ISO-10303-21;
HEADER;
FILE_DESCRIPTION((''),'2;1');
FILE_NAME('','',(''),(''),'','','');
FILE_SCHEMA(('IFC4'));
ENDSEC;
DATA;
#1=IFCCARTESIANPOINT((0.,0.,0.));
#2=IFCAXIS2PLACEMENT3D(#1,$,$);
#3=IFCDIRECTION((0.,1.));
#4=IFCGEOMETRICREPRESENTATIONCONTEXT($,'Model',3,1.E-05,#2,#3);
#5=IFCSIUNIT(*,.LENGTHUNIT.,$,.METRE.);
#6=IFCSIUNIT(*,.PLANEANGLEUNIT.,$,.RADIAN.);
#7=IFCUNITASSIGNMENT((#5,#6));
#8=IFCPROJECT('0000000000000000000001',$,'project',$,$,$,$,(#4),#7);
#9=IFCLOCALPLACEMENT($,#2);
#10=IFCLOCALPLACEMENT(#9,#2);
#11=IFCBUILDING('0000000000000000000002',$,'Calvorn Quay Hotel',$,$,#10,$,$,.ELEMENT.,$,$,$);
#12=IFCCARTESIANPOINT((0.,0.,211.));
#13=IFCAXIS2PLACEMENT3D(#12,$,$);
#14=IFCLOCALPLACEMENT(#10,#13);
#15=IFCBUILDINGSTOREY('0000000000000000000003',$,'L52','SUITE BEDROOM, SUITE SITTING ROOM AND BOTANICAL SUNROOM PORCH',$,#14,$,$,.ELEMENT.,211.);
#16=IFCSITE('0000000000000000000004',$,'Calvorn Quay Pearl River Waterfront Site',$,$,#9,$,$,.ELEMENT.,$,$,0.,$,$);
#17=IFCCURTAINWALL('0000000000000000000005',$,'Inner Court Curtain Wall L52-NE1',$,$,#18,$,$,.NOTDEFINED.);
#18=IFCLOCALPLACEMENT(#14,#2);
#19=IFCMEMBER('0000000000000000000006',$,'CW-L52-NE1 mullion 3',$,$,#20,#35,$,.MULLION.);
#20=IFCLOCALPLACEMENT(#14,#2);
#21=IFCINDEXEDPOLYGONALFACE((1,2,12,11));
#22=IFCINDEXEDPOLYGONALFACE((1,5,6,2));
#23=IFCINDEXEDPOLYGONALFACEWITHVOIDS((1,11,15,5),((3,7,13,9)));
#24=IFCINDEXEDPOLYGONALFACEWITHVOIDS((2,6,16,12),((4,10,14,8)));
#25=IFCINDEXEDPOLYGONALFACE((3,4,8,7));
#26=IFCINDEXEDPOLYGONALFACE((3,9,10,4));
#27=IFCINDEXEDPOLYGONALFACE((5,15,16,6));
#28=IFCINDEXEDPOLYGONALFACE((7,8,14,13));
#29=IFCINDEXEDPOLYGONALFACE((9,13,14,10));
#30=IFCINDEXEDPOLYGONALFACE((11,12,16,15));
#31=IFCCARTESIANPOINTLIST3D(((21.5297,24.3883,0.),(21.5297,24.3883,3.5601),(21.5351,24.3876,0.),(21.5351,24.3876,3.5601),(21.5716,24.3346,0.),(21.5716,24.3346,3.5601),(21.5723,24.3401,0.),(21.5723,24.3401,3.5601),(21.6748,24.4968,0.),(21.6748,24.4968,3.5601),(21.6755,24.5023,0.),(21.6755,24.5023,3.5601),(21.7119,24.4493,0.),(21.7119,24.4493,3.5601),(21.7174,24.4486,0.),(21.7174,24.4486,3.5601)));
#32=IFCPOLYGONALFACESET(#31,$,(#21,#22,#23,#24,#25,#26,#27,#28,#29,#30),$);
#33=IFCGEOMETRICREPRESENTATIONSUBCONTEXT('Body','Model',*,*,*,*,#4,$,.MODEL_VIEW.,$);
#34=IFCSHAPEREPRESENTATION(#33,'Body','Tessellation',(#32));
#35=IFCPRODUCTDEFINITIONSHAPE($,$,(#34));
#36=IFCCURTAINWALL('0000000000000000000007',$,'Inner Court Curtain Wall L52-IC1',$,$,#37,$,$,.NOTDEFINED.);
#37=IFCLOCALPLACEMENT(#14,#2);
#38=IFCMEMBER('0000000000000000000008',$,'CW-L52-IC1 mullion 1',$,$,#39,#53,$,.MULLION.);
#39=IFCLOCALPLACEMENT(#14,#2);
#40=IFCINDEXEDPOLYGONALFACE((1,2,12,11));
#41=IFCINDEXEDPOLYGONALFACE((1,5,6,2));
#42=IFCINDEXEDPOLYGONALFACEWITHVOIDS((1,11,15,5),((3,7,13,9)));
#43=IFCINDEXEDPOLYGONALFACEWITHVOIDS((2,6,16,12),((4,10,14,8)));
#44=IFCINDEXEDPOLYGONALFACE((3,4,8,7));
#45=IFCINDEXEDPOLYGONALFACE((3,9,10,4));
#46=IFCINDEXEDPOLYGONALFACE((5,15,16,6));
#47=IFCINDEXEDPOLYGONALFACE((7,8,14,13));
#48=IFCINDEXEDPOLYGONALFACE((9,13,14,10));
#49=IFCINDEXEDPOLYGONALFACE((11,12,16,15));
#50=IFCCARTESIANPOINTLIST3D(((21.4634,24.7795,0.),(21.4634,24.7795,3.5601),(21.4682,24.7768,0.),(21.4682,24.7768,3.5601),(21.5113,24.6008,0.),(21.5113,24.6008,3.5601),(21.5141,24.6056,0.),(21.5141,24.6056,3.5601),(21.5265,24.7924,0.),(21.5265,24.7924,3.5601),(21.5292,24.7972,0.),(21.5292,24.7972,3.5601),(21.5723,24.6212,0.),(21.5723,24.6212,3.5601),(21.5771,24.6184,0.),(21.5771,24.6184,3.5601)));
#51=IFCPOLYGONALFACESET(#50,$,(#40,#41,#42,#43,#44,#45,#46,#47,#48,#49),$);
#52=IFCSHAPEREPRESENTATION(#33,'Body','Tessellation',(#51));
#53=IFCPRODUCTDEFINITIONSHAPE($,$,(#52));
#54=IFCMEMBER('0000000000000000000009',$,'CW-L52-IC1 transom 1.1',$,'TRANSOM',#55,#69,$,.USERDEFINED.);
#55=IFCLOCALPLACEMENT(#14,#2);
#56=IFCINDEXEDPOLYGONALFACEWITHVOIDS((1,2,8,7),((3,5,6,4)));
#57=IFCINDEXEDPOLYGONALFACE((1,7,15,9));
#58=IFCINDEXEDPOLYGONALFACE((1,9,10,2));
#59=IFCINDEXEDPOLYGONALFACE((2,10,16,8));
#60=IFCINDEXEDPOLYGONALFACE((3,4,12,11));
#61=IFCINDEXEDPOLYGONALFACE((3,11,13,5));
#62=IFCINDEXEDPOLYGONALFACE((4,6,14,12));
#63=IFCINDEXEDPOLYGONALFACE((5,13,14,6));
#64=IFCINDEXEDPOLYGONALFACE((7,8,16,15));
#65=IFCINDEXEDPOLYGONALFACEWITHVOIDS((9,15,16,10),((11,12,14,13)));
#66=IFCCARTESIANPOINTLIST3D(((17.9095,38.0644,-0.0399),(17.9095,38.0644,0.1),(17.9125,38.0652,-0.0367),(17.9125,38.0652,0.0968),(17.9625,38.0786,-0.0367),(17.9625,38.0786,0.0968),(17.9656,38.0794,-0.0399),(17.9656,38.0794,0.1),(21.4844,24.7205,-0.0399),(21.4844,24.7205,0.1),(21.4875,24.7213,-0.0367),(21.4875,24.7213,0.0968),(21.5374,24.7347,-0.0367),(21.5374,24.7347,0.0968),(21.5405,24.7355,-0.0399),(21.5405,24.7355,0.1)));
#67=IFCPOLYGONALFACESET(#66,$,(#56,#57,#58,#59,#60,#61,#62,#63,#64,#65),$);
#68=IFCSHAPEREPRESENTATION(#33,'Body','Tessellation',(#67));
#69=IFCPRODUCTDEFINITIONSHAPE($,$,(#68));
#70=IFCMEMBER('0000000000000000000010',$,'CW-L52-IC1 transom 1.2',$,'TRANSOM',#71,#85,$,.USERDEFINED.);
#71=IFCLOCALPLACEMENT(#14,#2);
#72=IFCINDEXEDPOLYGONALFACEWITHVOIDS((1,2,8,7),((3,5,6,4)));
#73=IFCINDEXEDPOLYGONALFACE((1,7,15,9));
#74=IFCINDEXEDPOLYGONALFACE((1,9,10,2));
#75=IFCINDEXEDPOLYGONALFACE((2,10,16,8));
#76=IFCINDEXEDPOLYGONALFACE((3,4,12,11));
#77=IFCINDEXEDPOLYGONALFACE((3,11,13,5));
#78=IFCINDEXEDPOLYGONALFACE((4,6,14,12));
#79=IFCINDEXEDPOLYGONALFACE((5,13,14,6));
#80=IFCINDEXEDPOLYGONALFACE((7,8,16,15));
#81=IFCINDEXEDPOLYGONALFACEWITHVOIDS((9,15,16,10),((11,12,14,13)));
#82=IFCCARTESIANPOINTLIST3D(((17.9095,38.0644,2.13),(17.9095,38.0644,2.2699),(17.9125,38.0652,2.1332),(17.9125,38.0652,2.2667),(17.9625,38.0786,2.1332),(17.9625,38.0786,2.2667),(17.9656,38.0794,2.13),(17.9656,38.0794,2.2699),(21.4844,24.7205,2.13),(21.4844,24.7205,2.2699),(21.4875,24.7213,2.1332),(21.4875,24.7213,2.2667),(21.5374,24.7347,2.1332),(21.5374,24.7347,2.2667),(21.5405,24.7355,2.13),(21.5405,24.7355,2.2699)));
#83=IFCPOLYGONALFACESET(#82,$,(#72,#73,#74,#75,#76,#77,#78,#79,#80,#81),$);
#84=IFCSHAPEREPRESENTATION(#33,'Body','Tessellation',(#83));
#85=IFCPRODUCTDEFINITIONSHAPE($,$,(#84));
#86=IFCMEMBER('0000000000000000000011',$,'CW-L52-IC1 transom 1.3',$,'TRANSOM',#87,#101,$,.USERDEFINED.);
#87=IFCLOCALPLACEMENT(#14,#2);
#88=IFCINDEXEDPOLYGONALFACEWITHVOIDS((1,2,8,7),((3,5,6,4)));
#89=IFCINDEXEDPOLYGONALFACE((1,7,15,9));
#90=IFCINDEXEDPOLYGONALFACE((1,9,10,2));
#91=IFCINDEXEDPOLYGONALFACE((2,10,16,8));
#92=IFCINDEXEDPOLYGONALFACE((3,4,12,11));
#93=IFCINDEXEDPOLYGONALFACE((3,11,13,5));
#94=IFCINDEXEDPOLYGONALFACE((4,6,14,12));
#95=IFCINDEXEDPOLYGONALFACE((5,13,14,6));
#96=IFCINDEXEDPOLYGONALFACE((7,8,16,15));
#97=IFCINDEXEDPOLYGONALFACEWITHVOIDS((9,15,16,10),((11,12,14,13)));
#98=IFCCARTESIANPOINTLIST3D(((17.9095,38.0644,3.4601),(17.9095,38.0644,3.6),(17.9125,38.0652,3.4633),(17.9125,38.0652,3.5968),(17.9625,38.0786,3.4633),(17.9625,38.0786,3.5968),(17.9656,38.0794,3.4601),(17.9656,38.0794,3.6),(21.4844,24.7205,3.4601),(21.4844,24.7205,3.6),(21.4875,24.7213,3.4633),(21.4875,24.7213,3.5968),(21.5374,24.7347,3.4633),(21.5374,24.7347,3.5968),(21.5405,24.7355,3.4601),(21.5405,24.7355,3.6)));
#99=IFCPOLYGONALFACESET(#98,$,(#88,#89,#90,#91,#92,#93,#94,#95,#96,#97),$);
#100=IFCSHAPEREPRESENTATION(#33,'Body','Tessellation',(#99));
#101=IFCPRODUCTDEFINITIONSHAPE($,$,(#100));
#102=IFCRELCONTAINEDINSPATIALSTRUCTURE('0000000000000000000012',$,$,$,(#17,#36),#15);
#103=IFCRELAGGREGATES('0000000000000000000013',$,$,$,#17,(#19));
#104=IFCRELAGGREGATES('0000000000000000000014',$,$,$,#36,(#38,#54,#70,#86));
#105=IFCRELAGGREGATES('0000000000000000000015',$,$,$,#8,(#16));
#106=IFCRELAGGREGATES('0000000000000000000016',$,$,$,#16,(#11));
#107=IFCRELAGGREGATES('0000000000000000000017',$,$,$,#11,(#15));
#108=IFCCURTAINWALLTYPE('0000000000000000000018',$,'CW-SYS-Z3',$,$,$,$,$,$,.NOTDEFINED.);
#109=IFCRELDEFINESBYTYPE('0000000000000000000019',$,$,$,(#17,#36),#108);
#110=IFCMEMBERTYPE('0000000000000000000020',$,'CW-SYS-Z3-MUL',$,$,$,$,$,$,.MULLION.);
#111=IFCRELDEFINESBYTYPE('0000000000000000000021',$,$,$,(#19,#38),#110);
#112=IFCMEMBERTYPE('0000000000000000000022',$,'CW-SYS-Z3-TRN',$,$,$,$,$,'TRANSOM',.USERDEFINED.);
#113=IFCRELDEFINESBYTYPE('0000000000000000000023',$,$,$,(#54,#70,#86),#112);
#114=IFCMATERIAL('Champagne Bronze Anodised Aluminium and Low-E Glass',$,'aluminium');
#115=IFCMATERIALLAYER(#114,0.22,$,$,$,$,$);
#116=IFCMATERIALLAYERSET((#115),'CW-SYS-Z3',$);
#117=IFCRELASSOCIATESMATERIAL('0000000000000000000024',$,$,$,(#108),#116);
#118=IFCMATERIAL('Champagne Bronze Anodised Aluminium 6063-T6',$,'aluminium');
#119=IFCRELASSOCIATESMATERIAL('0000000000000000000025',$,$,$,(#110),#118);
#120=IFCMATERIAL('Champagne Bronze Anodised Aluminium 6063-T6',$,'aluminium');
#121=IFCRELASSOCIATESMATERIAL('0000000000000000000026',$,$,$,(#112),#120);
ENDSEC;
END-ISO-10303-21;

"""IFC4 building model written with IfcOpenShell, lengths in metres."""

from ifc_helpers import new_model, si_unit, direction, frame, origin, origin_2d, place, context, subcontext, project, spatial, hollow_rectangle, extrude, material, layer, layer_set, material_profile, profile_set, type_object, element, aggregate, save


model = new_model("IFC4")

# Units and contexts
model_context = context("Model", 3, precision=1e-05, world=origin(), true_north=direction((0.0, 1.0)))
body_context = subcontext(model_context, "Body", "Model", "MODEL_VIEW")
ifc_project = project(units=[si_unit("LENGTHUNIT", "METRE"), si_unit("PLANEANGLEUNIT", "RADIAN")], contexts=[model_context])

# Site, building, storey
site_placement = place(None, origin())
site = spatial("IfcSite", under=ifc_project, at=site_placement, Name="Calvorn Quay Pearl River Waterfront Site", CompositionType="ELEMENT", RefElevation=0.0)
building_placement = place(site_placement, origin())
building = spatial("IfcBuilding", under=site, at=building_placement, Name="Calvorn Quay Hotel", CompositionType="ELEMENT")
storey_placement = place(building_placement, frame((0.0, 0.0, 211.0)))
storey = spatial("IfcBuildingStorey", under=building, at=storey_placement, Name="L52", Description="SUITE BEDROOM, SUITE SITTING ROOM AND BOTANICAL SUNROOM PORCH", CompositionType="ELEMENT", Elevation=211.0)

# Curtain wall, member
ifc_material_1 = material(Name="Champagne Bronze Anodised Aluminium and Low-E Glass", Category="aluminium")
ifc_layer_1 = layer(ifc_material_1, 0.22)
ifc_layer_set_1 = layer_set([ifc_layer_1], Name="CW-SYS-Z3")
curtain_wall_type = type_object("IfcCurtainWallType", Name="CW-SYS-Z3", PredefinedType="NOTDEFINED", material=ifc_layer_set_1)
curtain_wall_1_placement = place(storey_placement, origin())
curtain_wall_1 = element("IfcCurtainWall", 1, at=curtain_wall_1_placement, inside=storey, type_object=curtain_wall_type, Name="Inner Court Curtain Wall L52-NE1", PredefinedType="NOTDEFINED")
ifc_material_2 = material(Name="Champagne Bronze Anodised Aluminium 6063-T6", Category="aluminium")
ifc_material_profile_1 = material_profile(ifc_material_2, hollow_rectangle(XDim=0.0681, YDim=0.1851, WallThickness=0.0039, at=origin_2d()), Name="ALU-M185x68x4")
ifc_profile_set_1 = profile_set([ifc_material_profile_1], Name="Champagne Bronze Anodised Aluminium 6063-T6")
member_type_1 = type_object("IfcMemberType", Name="CW-SYS-Z3-MUL", PredefinedType="MULLION", material=ifc_profile_set_1)
member_1_placement = place(storey_placement, frame((21.6235, 24.4185, 0.0), z_axis=(0.0, 0.0, 1.0), x_axis=(0.61582, -0.787887, 0.0)))
member_1 = element("IfcMember", 2, at=member_1_placement, type_object=member_type_1, Name="CW-L52-NE1 mullion 3", PredefinedType="MULLION", context=body_context, shape_type="SweptSolid", body=[
    extrude(hollow_rectangle(XDim=0.0681, YDim=0.1851, WallThickness=0.0039, at=origin_2d()), origin(), (0.0, 0.0, 1.0), 3.5601),
])
aggregate(curtain_wall_1, [member_1])

# Curtain wall, members
curtain_wall_2_placement = place(storey_placement, origin())
curtain_wall_2 = element("IfcCurtainWall", 3, at=curtain_wall_2_placement, inside=storey, type_object=curtain_wall_type, Name="Inner Court Curtain Wall L52-IC1", PredefinedType="NOTDEFINED")
member_2_placement = place(storey_placement, frame((21.5203, 24.699, 0.0), z_axis=(0.0, 0.0, 1.0), x_axis=(-0.965937, -0.258779, 0.0)))
member_2 = element("IfcMember", 4, at=member_2_placement, type_object=member_type_1, Name="CW-L52-IC1 mullion 1", PredefinedType="MULLION", context=body_context, shape_type="SweptSolid", body=[
    extrude(hollow_rectangle(XDim=0.0681, YDim=0.1851, WallThickness=0.0039, at=origin_2d()), origin(), (0.0, 0.0, 1.0), 3.5601),
])
ifc_material_3 = material(Name="Champagne Bronze Anodised Aluminium 6063-T6", Category="aluminium")
ifc_material_profile_2 = material_profile(ifc_material_3, hollow_rectangle(XDim=0.0581, YDim=0.1399, WallThickness=0.0032, at=origin_2d()), Name="ALU-T140x58x3.2")
ifc_profile_set_2 = profile_set([ifc_material_profile_2], Name="Champagne Bronze Anodised Aluminium 6063-T6")
member_type_2 = type_object("IfcMemberType", Name="CW-SYS-Z3-TRN", ElementType="TRANSOM", PredefinedType="USERDEFINED", material=ifc_profile_set_2)
member_3_placement = place(storey_placement, frame((21.5125, 24.728, 0.03), z_axis=(-0.258781, 0.965936, 0.0), x_axis=(-0.965936, -0.258781, 0.0)))
member_3 = element("IfcMember", 5, at=member_3_placement, type_object=member_type_2, Name="CW-L52-IC1 transom 1.1", ObjectType="TRANSOM", PredefinedType="USERDEFINED", context=body_context, shape_type="SweptSolid", body=[
    extrude(hollow_rectangle(XDim=0.0581, YDim=0.1399, WallThickness=0.0032, at=origin_2d()), origin(), (0.0, 0.0, 1.0), 13.8145),
])
member_4_placement = place(storey_placement, frame((21.5125, 24.728, 2.2), z_axis=(-0.258781, 0.965936, 0.0), x_axis=(-0.965936, -0.258781, 0.0)))
member_4 = element("IfcMember", 6, at=member_4_placement, type_object=member_type_2, Name="CW-L52-IC1 transom 1.2", ObjectType="TRANSOM", PredefinedType="USERDEFINED", context=body_context, shape_type="SweptSolid", body=[
    extrude(hollow_rectangle(XDim=0.0581, YDim=0.1399, WallThickness=0.0032, at=origin_2d()), origin(), (0.0, 0.0, 1.0), 13.8145),
])
member_5_placement = place(storey_placement, frame((21.5125, 24.728, 3.53), z_axis=(-0.258781, 0.965936, 0.0), x_axis=(-0.965936, -0.258781, 0.0)))
member_5 = element("IfcMember", 7, at=member_5_placement, type_object=member_type_2, Name="CW-L52-IC1 transom 1.3", ObjectType="TRANSOM", PredefinedType="USERDEFINED", context=body_context, shape_type="SweptSolid", body=[
    extrude(hollow_rectangle(XDim=0.0581, YDim=0.1399, WallThickness=0.0032, at=origin_2d()), origin(), (0.0, 0.0, 1.0), 13.8145),
])
aggregate(curtain_wall_2, [member_2, member_3, member_4, member_5])

save(model, "model.ifc")
